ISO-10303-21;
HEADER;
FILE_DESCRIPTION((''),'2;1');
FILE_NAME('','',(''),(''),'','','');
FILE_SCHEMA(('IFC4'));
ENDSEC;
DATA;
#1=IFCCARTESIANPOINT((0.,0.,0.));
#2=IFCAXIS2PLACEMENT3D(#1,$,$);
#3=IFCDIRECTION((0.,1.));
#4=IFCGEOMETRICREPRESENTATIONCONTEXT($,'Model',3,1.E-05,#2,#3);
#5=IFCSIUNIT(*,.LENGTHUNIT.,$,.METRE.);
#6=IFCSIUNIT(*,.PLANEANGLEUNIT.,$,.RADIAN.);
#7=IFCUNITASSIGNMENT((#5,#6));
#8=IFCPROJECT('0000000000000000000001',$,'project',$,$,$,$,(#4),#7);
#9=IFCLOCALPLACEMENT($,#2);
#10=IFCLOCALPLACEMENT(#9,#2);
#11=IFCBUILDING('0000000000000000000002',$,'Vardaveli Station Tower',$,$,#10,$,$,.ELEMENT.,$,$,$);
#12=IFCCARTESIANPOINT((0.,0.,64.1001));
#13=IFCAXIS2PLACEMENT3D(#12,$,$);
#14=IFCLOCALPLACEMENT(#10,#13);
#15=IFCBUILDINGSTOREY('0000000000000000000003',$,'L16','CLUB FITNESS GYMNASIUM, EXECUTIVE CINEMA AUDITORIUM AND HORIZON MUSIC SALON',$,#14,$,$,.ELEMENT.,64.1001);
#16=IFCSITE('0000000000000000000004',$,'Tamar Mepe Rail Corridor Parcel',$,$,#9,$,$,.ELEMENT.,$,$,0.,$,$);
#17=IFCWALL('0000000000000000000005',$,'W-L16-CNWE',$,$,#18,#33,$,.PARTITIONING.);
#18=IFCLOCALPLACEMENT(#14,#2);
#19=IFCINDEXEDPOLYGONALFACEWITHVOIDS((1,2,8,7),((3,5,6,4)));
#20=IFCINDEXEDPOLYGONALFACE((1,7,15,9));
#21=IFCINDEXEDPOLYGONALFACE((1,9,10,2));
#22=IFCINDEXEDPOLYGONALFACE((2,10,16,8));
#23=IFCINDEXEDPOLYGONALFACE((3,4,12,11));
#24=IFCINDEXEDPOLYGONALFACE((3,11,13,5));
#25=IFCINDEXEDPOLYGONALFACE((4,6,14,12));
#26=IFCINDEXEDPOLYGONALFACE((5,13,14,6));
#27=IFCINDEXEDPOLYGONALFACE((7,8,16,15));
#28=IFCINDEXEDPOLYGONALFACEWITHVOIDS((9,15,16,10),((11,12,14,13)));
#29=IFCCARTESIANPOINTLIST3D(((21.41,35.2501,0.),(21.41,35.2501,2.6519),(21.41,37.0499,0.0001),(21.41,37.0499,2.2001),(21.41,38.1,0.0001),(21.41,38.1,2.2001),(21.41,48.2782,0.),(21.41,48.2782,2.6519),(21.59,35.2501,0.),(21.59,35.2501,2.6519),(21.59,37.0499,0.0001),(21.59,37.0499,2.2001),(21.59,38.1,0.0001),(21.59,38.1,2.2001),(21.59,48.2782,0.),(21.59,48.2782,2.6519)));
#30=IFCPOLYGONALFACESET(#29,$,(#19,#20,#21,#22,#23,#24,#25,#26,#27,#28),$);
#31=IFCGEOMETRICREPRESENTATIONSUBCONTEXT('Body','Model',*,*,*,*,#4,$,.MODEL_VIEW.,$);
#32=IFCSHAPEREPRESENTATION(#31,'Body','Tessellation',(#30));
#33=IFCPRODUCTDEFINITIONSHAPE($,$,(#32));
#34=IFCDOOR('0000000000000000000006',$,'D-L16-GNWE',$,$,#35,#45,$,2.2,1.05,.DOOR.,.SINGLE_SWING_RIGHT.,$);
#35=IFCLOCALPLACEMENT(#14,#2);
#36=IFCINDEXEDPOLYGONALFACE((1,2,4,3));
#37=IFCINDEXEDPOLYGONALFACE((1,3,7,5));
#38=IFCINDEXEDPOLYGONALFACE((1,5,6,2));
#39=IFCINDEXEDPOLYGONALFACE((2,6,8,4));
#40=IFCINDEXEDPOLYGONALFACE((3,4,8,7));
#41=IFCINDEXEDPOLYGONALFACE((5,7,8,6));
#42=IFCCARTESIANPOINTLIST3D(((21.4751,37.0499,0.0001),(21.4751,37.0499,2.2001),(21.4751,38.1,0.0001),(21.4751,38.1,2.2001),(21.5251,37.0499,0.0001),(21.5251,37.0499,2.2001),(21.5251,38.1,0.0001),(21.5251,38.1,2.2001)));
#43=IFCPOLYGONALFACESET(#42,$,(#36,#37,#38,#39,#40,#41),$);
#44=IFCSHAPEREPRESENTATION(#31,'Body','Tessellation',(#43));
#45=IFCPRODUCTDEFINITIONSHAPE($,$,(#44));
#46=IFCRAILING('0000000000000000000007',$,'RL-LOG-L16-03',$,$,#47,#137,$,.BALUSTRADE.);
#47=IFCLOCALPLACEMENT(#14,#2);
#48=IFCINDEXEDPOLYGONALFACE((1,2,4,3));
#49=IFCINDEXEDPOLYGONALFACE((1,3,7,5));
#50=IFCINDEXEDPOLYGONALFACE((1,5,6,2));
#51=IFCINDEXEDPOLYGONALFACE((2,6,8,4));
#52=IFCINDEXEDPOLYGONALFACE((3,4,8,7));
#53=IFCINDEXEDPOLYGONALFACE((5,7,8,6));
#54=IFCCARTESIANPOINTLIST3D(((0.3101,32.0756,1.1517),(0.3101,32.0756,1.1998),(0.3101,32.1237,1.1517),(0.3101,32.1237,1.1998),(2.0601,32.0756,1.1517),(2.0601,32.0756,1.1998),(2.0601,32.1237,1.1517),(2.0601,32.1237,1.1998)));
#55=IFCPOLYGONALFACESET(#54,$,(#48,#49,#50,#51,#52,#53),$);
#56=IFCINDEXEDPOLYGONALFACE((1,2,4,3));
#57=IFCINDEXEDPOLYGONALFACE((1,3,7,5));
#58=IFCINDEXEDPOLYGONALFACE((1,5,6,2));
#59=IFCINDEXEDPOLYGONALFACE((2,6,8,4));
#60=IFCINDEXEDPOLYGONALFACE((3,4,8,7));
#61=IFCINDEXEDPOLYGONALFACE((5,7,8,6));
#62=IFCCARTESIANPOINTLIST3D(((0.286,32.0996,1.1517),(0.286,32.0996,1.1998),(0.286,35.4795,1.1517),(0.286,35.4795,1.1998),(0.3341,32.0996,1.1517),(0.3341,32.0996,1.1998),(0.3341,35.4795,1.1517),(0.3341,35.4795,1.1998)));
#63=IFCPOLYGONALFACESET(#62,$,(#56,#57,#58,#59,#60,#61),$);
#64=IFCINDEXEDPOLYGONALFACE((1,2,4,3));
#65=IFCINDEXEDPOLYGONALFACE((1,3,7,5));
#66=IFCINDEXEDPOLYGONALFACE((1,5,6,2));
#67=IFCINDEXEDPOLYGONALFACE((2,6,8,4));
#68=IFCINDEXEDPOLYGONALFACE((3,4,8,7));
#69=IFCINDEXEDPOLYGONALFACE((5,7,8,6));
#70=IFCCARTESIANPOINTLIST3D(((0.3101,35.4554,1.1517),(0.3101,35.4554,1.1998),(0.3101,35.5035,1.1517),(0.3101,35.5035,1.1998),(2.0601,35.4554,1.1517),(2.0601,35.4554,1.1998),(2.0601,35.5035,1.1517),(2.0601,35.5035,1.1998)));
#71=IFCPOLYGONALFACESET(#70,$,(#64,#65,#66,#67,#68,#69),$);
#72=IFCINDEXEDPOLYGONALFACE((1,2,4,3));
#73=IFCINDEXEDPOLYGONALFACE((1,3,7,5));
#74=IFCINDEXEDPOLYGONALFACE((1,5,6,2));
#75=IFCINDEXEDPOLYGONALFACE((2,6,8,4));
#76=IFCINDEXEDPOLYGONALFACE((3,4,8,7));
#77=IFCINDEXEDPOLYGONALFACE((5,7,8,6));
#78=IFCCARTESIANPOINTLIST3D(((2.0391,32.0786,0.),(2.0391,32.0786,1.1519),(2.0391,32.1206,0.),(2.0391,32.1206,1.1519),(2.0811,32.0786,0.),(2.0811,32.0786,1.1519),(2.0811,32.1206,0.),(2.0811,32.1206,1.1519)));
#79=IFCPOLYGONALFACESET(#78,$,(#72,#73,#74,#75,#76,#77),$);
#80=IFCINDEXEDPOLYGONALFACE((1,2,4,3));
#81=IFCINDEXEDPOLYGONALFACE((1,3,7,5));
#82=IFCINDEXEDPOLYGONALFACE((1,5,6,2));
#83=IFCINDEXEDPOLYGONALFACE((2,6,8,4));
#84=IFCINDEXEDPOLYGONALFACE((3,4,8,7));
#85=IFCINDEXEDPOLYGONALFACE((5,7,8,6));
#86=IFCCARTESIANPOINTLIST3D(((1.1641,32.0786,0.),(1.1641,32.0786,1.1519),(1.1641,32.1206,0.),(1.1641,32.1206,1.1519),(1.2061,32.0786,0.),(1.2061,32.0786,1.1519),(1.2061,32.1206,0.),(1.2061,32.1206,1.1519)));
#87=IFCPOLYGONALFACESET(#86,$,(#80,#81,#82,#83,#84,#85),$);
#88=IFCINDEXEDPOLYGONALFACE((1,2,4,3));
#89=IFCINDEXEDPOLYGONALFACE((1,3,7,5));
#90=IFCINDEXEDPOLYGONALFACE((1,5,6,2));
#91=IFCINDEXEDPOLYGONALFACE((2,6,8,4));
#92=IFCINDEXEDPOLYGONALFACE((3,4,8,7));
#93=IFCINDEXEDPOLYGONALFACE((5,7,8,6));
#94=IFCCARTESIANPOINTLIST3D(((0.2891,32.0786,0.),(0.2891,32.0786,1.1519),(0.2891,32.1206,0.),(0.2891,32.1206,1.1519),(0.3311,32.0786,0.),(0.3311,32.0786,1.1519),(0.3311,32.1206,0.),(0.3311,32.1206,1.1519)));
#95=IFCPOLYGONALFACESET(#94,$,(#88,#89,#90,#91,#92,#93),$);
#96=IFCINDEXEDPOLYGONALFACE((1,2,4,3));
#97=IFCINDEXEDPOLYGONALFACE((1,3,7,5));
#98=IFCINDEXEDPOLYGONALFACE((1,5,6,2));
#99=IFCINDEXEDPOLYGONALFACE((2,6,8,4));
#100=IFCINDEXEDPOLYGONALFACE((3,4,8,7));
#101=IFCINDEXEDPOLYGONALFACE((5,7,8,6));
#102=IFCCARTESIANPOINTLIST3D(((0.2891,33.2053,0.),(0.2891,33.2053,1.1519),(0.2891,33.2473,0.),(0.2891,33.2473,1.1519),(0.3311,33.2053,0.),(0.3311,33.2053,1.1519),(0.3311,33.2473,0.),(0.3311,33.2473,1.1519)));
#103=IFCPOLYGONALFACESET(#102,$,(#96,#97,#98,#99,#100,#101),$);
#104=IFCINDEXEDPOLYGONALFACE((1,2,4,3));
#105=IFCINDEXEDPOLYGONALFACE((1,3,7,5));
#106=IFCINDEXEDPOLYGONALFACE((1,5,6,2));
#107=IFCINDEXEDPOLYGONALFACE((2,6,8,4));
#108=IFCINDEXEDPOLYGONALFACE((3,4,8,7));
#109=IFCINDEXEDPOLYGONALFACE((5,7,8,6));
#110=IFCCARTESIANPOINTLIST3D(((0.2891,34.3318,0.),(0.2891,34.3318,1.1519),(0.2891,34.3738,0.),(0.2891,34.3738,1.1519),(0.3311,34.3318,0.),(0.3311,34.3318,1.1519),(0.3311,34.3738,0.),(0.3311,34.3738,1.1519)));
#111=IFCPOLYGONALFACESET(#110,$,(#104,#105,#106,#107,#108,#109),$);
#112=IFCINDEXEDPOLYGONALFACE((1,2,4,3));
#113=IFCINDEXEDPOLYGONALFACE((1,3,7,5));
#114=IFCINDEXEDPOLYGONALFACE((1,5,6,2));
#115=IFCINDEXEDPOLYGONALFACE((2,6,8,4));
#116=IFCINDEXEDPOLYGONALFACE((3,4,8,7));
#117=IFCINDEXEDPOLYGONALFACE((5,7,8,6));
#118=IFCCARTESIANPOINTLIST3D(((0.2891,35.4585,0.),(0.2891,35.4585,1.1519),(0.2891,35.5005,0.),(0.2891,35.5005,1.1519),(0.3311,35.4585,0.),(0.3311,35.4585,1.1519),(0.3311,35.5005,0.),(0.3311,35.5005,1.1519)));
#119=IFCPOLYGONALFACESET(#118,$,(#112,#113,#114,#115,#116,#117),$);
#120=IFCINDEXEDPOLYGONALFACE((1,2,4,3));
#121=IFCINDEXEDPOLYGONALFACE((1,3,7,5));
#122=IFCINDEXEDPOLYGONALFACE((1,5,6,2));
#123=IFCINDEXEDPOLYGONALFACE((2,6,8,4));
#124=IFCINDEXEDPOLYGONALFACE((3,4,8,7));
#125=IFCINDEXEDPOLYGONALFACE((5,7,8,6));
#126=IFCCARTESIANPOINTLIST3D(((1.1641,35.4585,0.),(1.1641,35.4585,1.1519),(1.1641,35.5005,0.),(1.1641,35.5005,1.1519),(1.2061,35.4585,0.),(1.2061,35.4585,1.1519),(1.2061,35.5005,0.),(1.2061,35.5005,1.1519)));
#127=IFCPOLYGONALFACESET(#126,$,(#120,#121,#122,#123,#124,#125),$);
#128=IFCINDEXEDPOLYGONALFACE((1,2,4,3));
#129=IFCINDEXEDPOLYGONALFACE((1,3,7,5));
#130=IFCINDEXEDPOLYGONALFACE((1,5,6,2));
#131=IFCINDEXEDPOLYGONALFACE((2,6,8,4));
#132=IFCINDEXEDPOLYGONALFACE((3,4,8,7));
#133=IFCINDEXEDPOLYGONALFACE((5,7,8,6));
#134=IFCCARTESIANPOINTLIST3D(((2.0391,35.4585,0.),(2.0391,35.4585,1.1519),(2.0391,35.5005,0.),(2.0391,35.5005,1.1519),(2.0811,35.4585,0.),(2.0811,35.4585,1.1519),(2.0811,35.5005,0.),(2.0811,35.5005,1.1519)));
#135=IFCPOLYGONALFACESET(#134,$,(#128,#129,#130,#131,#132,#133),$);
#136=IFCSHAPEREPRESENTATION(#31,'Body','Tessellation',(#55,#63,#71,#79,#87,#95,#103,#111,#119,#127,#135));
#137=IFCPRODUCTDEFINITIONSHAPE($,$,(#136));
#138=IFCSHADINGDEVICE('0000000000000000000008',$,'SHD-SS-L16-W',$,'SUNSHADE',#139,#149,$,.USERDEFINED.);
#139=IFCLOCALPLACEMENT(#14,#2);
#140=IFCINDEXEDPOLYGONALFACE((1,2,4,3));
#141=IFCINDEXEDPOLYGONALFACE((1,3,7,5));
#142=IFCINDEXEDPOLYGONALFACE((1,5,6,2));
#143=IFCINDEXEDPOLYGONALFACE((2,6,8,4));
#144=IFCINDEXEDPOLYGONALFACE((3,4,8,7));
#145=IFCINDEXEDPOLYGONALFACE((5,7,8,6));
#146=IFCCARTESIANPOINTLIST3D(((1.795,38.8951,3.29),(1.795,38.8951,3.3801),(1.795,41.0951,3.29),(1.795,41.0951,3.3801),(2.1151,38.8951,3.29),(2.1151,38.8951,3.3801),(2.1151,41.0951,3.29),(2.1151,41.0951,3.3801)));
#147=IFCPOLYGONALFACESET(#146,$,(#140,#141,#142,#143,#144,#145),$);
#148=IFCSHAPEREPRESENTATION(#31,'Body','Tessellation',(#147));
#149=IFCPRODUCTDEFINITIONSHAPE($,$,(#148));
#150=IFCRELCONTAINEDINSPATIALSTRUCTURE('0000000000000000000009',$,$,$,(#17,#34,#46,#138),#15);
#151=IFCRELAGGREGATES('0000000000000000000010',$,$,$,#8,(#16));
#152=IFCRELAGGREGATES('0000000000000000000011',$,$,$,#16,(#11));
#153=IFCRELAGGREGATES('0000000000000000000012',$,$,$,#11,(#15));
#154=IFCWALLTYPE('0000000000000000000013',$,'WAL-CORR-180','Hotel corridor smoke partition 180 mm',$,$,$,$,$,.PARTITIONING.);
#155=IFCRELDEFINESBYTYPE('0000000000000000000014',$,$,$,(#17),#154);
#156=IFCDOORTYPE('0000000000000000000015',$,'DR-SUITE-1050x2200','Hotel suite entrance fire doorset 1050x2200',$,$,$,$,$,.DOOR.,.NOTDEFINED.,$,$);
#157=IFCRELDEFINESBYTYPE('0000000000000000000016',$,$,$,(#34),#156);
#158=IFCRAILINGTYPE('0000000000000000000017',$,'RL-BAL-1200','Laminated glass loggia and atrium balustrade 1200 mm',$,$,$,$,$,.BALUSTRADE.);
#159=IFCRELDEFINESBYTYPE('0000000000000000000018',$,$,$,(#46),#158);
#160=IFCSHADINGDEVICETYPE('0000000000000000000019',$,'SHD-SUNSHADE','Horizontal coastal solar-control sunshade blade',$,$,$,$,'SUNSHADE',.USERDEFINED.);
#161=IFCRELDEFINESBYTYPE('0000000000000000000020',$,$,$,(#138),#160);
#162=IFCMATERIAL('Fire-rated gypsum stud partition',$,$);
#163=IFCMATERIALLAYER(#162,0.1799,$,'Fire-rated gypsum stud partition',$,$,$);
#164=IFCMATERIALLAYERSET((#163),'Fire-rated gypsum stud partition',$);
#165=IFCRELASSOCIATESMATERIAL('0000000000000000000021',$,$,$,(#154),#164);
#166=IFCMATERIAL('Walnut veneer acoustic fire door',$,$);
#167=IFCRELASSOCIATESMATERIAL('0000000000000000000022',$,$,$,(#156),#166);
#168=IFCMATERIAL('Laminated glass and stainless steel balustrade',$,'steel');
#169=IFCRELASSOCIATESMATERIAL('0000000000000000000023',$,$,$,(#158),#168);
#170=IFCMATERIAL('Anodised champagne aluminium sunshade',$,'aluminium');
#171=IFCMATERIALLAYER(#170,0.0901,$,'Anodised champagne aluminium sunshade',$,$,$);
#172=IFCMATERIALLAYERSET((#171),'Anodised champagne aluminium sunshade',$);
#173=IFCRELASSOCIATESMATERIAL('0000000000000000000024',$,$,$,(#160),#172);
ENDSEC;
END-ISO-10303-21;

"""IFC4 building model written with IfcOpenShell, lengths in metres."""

from ifc_helpers import new_model, si_unit, direction, frame, frame_2d, origin, origin_2d, place, context, subcontext, project, spatial, rectangle, extrude, source, transform, mapped, material, layer, layer_set, type_object, element, fill, save


model = new_model("IFC4")

# Units and contexts
model_context = context("Model", 3, precision=1e-05, world=origin(), true_north=direction((0.0, 1.0)))
body_context = subcontext(model_context, "Body", "Model", "MODEL_VIEW")
ifc_project = project(units=[si_unit("LENGTHUNIT", "METRE"), si_unit("PLANEANGLEUNIT", "RADIAN")], contexts=[model_context])

# Site, building, storey
site_placement = place(None, origin())
site = spatial("IfcSite", under=ifc_project, at=site_placement, Name="Tamar Mepe Rail Corridor Parcel", CompositionType="ELEMENT", RefElevation=0.0)
building_placement = place(site_placement, origin())
building = spatial("IfcBuilding", under=site, at=building_placement, Name="Vardaveli Station Tower", CompositionType="ELEMENT")
storey_placement = place(building_placement, frame((0.0, 0.0, 64.1001)))
storey = spatial("IfcBuildingStorey", under=building, at=storey_placement, Name="L16", Description="CLUB FITNESS GYMNASIUM, EXECUTIVE CINEMA AUDITORIUM AND HORIZON MUSIC SALON", CompositionType="ELEMENT", Elevation=64.1001)

# Wall, opening, door
ifc_material_1 = material(Name="Fire-rated gypsum stud partition")
ifc_layer_1 = layer(ifc_material_1, 0.1799, Name="Fire-rated gypsum stud partition")
ifc_layer_set_1 = layer_set([ifc_layer_1], Name="Fire-rated gypsum stud partition")
wall_type_1 = type_object("IfcWallType", Name="WAL-CORR-180", Description="Hotel corridor smoke partition 180 mm", PredefinedType="PARTITIONING", material=ifc_layer_set_1)
shared_shape_1 = source(origin(), body_context, "Body", "SweptSolid", [
    extrude(rectangle(XDim=1.05, YDim=2.2, at=frame_2d((0.5249, 1.1001))), frame((0.0, 0.1001, 0.0), z_axis=(0.0, -1.0, 0.0), x_axis=(1.0, 0.0, 0.0)), (0.0, 0.0, 1.0), 0.2),
])
ifc_material_2 = material(Name="Walnut veneer acoustic fire door")
door_type_1 = type_object("IfcDoorType", Name="DR-SUITE-1050x2200", Description="Hotel suite entrance fire doorset 1050x2200", OperationType="NOTDEFINED", PredefinedType="DOOR", material=ifc_material_2)
shared_shape_2 = source(origin(), body_context, "Body", "SweptSolid", [
    extrude(rectangle(XDim=1.05, YDim=2.2, at=frame_2d((0.5249, 1.1001))), frame((0.0, 0.0249, 0.0), z_axis=(0.0, -1.0, 0.0), x_axis=(1.0, 0.0, 0.0)), (0.0, 0.0, 1.0), 0.05),
])
shared_shape_3 = source(origin(), body_context, "Body", "SweptSolid", [
    extrude(rectangle(XDim=13.0281, YDim=0.1799, at=frame_2d((6.5142, 0.0))), origin(), (0.0, 0.0, 1.0), 2.6519),
])
wall_1_placement = place(storey_placement, frame((21.5, 35.25, 0.0), z_axis=(0.0, 0.0, 1.0), x_axis=(0.0, 1.0, 0.0)))
wall_1 = element("IfcWall", 1, at=wall_1_placement, inside=storey, type_object=wall_type_1, Name="W-L16-CNWE", PredefinedType="PARTITIONING", context=body_context, shape_type="MappedRepresentation", body=[
    mapped(shared_shape_3, transform((0.0, 0.0, 0.0), scale=1.0)),
])
opening_1_placement = place(wall_1_placement, frame((1.8, 0.0, 0.0)))
opening_1 = element("IfcOpeningElement", 2, at=opening_1_placement, cuts=wall_1, PredefinedType="OPENING", context=body_context, shape_type="MappedRepresentation", body=[
    mapped(shared_shape_1, transform((0.0, 0.0, 0.0), scale=1.0)),
])
door_1_placement = place(opening_1_placement, origin())
door_1 = element("IfcDoor", 3, at=door_1_placement, inside=storey, type_object=door_type_1, Name="D-L16-GNWE", OperationType="SINGLE_SWING_RIGHT", OverallHeight=2.2, OverallWidth=1.05, PredefinedType="DOOR", context=body_context, shape_type="MappedRepresentation", body=[
    mapped(shared_shape_2, transform((0.0, 0.0, 0.0), scale=1.0)),
])
fill(opening_1, door_1)

# Railing
ifc_material_3 = material(Name="Laminated glass and stainless steel balustrade", Category="steel")
railing_type = type_object("IfcRailingType", Name="RL-BAL-1200", Description="Laminated glass loggia and atrium balustrade 1200 mm", PredefinedType="BALUSTRADE", material=ifc_material_3)
shared_shape_4 = source(origin(), body_context, "Body", "SweptSolid", [
    extrude(rectangle(XDim=0.0481, YDim=0.0481, at=origin_2d()), frame((0.0, 0.0, 1.1758), z_axis=(-1.0, 0.0, 0.0), x_axis=(0.0, -1.0, 0.0)), (0.0, 0.0, 1.0), 1.75),
    extrude(rectangle(XDim=0.0481, YDim=0.0481, at=origin_2d()), frame((-1.75, 0.0, 1.1758), z_axis=(0.0, 1.0, 0.0), x_axis=(-1.0, 0.0, 0.0)), (0.0, 0.0, 1.0), 3.3799),
    extrude(rectangle(XDim=0.0481, YDim=0.0481, at=origin_2d()), frame((-1.75, 3.3799, 1.1758), z_axis=(1.0, 0.0, 0.0), x_axis=(0.0, 1.0, 0.0)), (0.0, 0.0, 1.0), 1.75),
    extrude(rectangle(XDim=0.042, YDim=0.042, at=origin_2d()), origin(), (0.0, 0.0, 1.0), 1.1519),
    extrude(rectangle(XDim=0.042, YDim=0.042, at=origin_2d()), frame((-0.875, 0.0, 0.0)), (0.0, 0.0, 1.0), 1.1519),
    extrude(rectangle(XDim=0.042, YDim=0.042, at=origin_2d()), frame((-1.75, 0.0, 0.0)), (0.0, 0.0, 1.0), 1.1519),
    extrude(rectangle(XDim=0.042, YDim=0.042, at=origin_2d()), frame((-1.75, 1.1267, 0.0)), (0.0, 0.0, 1.0), 1.1519),
    extrude(rectangle(XDim=0.042, YDim=0.042, at=origin_2d()), frame((-1.75, 2.2532, 0.0)), (0.0, 0.0, 1.0), 1.1519),
    extrude(rectangle(XDim=0.042, YDim=0.042, at=origin_2d()), frame((-1.75, 3.3799, 0.0)), (0.0, 0.0, 1.0), 1.1519),
    extrude(rectangle(XDim=0.042, YDim=0.042, at=origin_2d()), frame((-0.875, 3.3799, 0.0)), (0.0, 0.0, 1.0), 1.1519),
    extrude(rectangle(XDim=0.042, YDim=0.042, at=origin_2d()), frame((0.0, 3.3799, 0.0)), (0.0, 0.0, 1.0), 1.1519),
])
railing_placement = place(storey_placement, frame((2.0601, 32.0996, 0.0)))
element("IfcRailing", 4, at=railing_placement, inside=storey, type_object=railing_type, Name="RL-LOG-L16-03", PredefinedType="BALUSTRADE", context=body_context, shape_type="MappedRepresentation", body=[
    mapped(shared_shape_4, transform((0.0, 0.0, 0.0), scale=1.0)),
])

# Shading device
ifc_material_4 = material(Name="Anodised champagne aluminium sunshade", Category="aluminium")
ifc_layer_2 = layer(ifc_material_4, 0.0901, Name="Anodised champagne aluminium sunshade")
ifc_layer_set_2 = layer_set([ifc_layer_2], Name="Anodised champagne aluminium sunshade")
shading_device_type = type_object("IfcShadingDeviceType", Name="SHD-SUNSHADE", Description="Horizontal coastal solar-control sunshade blade", ElementType="SUNSHADE", PredefinedType="USERDEFINED", material=ifc_layer_set_2)
shared_shape_5 = source(origin(), body_context, "Body", "SweptSolid", [
    extrude(rectangle(XDim=2.2, YDim=0.3201, at=origin_2d()), origin(), (0.0, 0.0, 1.0), 0.0901),
])
shading_device_placement = place(storey_placement, frame((1.9551, 39.9951, 3.29), z_axis=(0.0, 0.0, 1.0), x_axis=(0.0, 1.0, 0.0)))
element("IfcShadingDevice", 5, at=shading_device_placement, inside=storey, type_object=shading_device_type, Name="SHD-SS-L16-W", ObjectType="SUNSHADE", PredefinedType="USERDEFINED", context=body_context, shape_type="MappedRepresentation", body=[
    mapped(shared_shape_5, transform((0.0, 0.0, 0.0), scale=1.0)),
])

save(model, "model.ifc")
